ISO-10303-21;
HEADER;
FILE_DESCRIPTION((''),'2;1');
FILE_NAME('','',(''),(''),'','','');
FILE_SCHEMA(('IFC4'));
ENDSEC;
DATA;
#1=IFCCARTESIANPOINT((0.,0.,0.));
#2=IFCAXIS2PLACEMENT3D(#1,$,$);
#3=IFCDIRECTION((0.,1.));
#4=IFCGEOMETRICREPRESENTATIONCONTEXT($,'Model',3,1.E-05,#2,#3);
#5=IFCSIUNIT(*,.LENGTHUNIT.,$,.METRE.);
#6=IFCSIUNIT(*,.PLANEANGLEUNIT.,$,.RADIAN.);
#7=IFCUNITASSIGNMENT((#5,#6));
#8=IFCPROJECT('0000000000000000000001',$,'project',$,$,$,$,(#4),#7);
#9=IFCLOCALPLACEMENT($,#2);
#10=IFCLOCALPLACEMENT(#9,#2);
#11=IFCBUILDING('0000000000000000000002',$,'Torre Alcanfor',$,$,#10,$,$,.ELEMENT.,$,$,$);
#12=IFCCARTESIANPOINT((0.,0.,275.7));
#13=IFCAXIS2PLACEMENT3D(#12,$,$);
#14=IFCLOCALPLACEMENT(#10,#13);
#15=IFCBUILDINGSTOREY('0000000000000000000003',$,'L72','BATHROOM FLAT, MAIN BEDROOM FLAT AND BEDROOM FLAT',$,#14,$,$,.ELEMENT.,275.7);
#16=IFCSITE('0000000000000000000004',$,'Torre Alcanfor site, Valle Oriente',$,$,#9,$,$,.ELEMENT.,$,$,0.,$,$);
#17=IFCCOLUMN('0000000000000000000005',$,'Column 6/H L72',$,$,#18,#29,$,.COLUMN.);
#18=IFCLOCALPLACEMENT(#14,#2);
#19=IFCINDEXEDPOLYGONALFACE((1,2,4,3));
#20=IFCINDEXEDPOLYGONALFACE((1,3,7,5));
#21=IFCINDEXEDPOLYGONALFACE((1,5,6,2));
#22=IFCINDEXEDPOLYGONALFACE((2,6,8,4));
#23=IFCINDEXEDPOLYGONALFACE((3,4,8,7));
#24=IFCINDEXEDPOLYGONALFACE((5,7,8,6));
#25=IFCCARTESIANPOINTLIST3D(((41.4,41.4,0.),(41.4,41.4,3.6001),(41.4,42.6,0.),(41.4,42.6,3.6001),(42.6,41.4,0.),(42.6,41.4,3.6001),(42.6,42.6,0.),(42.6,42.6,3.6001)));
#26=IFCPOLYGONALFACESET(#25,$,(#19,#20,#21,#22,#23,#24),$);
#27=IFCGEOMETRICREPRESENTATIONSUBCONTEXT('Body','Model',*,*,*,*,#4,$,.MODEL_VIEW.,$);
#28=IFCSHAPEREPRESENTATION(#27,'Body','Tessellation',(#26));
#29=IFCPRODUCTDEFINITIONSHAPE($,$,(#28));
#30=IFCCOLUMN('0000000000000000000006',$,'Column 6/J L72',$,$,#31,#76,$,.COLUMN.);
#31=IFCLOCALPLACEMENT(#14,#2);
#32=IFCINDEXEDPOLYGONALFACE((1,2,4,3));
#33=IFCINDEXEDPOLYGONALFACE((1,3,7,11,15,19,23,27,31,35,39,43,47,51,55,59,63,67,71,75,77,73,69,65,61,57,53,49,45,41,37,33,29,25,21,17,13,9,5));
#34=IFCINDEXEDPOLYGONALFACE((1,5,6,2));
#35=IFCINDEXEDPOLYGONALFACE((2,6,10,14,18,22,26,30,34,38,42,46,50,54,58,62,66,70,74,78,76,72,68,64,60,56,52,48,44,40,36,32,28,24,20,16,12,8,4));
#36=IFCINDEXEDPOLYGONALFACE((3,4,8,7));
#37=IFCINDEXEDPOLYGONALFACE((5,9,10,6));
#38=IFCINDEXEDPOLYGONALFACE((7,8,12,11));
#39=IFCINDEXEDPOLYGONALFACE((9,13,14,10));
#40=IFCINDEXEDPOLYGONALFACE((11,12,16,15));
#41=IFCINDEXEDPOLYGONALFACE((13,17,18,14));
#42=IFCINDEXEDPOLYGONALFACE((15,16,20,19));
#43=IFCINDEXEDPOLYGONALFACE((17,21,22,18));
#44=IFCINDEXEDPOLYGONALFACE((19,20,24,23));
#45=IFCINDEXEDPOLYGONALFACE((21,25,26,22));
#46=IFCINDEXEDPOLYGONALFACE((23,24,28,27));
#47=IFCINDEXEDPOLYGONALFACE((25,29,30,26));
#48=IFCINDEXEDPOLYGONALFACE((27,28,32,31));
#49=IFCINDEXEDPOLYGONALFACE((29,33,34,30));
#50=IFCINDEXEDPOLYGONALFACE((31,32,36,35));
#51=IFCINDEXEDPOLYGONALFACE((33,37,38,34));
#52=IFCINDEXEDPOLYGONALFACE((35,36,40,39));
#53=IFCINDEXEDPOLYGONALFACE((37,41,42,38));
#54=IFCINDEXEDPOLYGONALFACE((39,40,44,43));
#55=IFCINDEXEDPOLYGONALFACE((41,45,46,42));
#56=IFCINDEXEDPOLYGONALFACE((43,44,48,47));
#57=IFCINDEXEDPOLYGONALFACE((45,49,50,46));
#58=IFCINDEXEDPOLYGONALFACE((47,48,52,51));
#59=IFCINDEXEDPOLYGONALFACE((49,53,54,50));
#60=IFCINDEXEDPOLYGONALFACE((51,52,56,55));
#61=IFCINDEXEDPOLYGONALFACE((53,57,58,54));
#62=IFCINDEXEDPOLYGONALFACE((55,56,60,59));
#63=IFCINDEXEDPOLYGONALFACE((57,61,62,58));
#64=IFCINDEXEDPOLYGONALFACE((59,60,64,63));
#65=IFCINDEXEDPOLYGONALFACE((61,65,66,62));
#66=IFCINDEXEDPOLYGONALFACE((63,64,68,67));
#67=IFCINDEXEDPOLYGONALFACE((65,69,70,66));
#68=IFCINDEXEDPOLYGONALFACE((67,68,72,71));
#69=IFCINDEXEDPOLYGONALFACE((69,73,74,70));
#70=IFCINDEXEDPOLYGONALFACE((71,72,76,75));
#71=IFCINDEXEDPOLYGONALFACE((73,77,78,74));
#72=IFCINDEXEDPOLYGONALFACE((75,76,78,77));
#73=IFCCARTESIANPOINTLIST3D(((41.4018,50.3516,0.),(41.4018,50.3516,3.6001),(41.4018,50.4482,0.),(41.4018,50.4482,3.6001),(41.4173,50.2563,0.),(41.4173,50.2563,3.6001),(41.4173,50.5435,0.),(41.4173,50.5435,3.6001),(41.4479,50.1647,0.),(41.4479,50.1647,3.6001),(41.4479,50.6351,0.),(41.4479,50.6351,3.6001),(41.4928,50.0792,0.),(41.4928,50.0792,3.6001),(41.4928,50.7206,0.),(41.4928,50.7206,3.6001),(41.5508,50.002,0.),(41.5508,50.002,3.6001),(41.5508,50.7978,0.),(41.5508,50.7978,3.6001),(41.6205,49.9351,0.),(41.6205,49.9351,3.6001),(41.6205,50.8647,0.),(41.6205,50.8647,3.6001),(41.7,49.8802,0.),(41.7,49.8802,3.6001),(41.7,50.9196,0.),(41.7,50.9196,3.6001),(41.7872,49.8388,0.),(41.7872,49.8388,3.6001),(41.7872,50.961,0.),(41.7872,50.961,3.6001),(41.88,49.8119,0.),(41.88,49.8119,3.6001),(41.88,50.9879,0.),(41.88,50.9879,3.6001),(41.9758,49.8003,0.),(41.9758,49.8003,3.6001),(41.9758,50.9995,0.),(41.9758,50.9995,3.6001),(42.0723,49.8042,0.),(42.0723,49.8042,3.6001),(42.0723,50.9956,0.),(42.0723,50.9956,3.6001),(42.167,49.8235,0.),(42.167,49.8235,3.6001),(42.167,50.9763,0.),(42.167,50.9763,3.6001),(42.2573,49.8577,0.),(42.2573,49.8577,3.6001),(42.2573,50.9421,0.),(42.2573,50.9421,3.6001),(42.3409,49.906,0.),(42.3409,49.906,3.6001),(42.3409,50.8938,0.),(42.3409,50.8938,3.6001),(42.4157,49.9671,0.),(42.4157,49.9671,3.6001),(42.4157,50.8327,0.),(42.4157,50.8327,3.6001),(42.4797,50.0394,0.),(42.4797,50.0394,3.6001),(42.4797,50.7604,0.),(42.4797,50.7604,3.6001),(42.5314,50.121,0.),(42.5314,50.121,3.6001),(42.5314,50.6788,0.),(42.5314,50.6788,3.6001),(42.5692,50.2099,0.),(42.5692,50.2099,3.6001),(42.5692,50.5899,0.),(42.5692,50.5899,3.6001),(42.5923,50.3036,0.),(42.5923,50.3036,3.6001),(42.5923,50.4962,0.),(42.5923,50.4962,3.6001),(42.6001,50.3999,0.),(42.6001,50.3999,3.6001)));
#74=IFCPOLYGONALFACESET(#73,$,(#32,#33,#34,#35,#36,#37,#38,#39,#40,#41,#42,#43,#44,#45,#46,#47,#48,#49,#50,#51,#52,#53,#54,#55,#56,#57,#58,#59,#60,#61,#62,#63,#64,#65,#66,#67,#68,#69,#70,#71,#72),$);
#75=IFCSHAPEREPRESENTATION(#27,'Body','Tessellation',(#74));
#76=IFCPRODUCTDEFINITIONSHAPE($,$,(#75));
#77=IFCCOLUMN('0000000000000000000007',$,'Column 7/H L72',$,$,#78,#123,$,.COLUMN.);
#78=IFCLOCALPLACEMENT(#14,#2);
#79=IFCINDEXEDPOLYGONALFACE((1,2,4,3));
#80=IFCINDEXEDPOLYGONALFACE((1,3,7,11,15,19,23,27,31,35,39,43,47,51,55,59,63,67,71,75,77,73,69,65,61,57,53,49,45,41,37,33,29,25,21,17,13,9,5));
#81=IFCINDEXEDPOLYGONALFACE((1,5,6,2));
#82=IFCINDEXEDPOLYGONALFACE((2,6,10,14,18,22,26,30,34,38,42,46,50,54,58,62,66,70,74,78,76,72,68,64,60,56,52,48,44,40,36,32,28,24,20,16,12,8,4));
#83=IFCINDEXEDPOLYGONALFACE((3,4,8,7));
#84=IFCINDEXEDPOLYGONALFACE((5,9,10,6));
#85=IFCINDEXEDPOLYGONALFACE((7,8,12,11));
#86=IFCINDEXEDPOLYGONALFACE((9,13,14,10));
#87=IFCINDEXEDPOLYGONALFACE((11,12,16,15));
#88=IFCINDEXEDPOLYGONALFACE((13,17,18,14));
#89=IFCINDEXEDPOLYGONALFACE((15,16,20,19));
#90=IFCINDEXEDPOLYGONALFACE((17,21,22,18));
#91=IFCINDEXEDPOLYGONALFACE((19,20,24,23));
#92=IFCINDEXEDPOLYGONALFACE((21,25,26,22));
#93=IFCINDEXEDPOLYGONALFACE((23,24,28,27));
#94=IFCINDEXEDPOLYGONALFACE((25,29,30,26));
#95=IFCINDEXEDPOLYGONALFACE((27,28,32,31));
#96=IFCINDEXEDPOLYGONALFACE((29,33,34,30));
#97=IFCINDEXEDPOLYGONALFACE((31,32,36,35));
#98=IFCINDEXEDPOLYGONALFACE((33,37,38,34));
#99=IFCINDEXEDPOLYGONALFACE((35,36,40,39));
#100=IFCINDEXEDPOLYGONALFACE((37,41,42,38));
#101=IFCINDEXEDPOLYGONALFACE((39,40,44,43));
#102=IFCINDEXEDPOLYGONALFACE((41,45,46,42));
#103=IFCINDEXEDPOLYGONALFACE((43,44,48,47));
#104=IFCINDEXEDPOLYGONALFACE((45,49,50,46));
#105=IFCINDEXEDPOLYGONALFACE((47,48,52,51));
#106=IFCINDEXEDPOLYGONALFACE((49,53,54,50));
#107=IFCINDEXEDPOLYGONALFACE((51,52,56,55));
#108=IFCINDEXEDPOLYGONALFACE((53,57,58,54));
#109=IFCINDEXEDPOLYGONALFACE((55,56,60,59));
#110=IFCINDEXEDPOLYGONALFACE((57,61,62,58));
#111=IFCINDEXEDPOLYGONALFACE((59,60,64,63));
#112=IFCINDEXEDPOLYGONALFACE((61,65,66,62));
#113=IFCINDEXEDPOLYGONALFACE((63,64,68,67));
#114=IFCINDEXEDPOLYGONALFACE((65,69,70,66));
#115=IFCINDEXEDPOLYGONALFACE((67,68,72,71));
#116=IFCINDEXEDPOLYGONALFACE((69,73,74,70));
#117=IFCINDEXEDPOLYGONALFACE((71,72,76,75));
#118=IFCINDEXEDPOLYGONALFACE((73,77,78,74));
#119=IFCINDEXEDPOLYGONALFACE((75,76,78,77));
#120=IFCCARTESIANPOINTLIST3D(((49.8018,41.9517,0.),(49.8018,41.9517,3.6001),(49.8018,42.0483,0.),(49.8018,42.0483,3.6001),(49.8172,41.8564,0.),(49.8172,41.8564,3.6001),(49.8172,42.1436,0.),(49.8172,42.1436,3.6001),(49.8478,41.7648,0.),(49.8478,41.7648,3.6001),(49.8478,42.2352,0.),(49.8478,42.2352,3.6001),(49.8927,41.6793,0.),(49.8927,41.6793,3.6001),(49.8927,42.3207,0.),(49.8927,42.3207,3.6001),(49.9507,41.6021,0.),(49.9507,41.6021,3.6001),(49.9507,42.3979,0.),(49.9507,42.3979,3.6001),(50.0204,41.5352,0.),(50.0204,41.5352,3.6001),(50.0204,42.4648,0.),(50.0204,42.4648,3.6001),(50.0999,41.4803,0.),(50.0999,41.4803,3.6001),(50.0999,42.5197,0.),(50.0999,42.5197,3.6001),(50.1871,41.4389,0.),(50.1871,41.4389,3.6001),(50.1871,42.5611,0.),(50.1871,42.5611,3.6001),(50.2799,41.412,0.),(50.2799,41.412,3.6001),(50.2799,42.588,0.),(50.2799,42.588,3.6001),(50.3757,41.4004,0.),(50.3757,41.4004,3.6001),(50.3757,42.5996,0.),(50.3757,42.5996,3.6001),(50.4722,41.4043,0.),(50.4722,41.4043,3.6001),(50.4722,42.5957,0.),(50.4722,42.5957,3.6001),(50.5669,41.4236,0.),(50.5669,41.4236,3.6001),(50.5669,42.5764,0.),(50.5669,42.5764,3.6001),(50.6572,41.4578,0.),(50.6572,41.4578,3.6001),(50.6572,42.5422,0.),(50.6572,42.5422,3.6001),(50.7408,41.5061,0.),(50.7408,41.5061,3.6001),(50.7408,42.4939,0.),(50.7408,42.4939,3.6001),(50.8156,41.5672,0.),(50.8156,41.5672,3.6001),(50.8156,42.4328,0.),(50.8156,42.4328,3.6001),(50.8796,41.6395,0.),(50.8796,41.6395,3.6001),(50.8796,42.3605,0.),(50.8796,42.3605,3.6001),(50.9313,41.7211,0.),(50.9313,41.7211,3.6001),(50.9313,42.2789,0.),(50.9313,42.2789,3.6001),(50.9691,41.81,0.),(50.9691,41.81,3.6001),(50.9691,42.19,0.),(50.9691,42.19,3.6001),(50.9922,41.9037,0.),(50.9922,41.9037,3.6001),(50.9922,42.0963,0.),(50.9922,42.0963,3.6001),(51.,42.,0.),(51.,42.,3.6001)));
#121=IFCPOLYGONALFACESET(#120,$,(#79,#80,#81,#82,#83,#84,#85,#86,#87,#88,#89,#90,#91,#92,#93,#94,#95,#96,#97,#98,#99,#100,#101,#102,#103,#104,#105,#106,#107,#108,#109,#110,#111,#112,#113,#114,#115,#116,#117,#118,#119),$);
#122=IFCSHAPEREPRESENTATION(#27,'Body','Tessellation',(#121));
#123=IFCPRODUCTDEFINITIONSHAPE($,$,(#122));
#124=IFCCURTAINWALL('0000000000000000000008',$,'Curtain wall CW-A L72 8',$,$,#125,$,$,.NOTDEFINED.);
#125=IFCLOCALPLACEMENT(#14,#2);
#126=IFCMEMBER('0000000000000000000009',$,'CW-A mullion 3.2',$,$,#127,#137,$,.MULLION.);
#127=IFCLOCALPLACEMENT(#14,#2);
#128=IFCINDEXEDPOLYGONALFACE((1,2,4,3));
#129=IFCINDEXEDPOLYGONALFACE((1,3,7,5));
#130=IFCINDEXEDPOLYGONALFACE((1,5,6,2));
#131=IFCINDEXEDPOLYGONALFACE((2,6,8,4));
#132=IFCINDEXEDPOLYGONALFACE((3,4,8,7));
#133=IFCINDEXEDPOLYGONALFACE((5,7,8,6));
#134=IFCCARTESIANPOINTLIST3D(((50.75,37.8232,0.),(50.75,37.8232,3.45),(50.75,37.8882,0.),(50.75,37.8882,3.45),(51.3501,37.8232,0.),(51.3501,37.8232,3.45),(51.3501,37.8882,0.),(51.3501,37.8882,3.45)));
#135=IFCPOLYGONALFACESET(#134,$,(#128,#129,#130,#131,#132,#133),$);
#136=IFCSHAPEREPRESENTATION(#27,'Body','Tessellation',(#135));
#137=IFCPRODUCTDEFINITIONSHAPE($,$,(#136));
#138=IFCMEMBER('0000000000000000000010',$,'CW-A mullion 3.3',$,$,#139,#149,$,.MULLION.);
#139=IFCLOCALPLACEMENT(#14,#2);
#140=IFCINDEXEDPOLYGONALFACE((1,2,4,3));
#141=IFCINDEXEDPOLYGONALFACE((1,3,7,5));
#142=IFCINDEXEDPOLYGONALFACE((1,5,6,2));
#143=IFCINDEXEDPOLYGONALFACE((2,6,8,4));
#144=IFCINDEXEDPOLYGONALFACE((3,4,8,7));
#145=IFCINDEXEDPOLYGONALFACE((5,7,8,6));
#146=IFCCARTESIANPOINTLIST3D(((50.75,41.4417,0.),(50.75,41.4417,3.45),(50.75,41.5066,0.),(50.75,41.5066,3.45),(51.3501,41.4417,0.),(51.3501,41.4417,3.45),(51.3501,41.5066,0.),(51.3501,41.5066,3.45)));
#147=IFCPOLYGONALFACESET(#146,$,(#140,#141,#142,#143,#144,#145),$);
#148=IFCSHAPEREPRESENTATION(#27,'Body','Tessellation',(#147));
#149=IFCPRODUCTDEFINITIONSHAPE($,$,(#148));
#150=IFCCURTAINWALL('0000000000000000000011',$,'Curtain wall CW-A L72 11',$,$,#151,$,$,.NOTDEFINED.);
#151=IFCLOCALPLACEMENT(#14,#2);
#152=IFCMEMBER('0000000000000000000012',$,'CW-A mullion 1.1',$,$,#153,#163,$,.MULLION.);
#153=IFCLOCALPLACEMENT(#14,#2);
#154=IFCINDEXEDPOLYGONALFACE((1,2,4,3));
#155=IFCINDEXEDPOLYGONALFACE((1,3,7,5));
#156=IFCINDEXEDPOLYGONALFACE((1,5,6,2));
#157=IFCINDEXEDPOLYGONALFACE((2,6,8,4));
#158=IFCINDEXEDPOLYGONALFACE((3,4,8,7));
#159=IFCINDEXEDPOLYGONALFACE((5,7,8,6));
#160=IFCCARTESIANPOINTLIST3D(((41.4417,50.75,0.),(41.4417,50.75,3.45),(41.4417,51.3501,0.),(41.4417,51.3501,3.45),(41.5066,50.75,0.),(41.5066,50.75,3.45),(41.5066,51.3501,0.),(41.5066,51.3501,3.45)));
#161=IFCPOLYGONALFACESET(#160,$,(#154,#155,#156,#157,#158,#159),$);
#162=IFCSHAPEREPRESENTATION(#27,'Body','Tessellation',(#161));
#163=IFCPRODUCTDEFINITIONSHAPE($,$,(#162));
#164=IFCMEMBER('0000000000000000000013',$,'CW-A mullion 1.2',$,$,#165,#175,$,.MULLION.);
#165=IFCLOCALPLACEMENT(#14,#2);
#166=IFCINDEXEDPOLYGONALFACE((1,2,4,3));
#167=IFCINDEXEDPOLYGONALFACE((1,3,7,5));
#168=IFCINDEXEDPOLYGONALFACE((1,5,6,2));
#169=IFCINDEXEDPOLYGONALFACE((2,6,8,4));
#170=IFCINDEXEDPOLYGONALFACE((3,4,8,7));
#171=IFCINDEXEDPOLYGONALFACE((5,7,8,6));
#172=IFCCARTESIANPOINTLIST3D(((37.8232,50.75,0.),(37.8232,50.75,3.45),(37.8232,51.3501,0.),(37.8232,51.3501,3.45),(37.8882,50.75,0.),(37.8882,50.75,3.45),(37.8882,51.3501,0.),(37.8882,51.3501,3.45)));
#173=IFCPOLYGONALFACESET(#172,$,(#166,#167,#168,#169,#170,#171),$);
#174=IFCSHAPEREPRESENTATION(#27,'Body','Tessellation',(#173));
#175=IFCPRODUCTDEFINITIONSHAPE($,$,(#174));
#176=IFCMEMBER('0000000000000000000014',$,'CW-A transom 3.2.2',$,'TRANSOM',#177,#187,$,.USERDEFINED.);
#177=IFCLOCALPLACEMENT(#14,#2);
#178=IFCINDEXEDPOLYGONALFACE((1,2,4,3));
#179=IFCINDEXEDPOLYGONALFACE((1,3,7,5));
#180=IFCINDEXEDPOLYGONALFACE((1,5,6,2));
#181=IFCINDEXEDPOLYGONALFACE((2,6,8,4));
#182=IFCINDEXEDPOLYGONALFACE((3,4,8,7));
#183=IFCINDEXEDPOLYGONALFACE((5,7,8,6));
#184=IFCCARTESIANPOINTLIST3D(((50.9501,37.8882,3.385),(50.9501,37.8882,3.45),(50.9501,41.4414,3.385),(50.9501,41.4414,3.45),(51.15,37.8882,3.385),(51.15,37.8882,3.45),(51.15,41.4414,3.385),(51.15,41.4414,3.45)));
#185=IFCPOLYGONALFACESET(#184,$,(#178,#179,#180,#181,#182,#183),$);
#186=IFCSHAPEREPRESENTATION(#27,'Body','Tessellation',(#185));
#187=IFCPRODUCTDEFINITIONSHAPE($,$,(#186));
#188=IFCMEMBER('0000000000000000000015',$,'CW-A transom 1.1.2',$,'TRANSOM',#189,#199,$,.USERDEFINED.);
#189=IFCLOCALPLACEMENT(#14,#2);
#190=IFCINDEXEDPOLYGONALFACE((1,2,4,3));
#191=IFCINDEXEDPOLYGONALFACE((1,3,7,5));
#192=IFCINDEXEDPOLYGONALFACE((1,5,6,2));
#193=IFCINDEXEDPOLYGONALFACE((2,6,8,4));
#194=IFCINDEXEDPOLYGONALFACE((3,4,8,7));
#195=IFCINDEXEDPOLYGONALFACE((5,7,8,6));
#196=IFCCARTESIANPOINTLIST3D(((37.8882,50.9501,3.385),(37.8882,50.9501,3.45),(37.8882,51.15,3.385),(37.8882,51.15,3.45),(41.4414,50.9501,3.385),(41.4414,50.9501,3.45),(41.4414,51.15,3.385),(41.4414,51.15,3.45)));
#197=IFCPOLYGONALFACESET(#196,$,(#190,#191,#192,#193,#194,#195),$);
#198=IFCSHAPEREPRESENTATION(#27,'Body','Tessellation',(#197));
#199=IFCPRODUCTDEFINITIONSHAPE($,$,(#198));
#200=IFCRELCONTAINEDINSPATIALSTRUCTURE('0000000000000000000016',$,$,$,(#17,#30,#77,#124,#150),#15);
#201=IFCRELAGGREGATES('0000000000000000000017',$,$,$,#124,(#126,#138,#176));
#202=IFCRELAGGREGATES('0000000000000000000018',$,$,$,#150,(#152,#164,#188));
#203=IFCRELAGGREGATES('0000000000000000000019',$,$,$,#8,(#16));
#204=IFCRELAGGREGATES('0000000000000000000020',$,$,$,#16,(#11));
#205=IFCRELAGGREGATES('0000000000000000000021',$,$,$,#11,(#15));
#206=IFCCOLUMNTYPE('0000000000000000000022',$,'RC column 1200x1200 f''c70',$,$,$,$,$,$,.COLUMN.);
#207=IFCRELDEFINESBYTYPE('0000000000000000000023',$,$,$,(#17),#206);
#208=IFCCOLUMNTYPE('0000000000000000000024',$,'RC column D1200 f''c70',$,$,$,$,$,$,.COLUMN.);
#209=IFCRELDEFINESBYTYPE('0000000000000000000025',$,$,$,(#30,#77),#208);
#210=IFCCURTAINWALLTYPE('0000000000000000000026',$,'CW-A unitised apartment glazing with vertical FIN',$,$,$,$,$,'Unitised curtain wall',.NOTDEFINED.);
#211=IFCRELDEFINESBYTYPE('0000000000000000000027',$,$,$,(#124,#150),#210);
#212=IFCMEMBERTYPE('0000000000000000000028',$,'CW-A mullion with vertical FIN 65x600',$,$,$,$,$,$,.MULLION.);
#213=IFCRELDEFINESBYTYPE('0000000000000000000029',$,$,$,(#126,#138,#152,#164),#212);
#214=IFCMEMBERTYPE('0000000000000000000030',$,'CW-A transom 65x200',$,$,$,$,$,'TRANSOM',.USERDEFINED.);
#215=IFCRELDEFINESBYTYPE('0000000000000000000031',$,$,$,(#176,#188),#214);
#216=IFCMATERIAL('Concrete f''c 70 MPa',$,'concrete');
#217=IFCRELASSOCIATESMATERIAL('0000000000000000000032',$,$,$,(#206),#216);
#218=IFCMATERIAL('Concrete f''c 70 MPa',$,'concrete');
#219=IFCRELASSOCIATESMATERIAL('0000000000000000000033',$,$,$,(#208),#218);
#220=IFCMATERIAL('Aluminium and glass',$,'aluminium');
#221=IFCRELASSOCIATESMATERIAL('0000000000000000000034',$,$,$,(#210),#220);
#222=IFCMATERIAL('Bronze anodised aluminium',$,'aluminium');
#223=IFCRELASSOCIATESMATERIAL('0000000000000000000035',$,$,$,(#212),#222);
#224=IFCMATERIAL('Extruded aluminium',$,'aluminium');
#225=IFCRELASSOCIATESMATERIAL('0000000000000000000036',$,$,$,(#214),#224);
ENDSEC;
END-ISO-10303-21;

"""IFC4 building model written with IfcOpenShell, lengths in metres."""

from ifc_helpers import new_model, si_unit, direction, frame, origin, origin_2d, place, context, subcontext, project, spatial, rectangle, circle, extrude, material, material_profile, profile_set, type_object, element, aggregate, save


model = new_model("IFC4")

# Units and contexts
model_context = context("Model", 3, precision=1e-05, world=origin(), true_north=direction((0.0, 1.0)))
body_context = subcontext(model_context, "Body", "Model", "MODEL_VIEW")
ifc_project = project(units=[si_unit("LENGTHUNIT", "METRE"), si_unit("PLANEANGLEUNIT", "RADIAN")], contexts=[model_context])

# Site, building, storey
site_placement = place(None, origin())
site = spatial("IfcSite", under=ifc_project, at=site_placement, Name="Torre Alcanfor site, Valle Oriente", CompositionType="ELEMENT", RefElevation=0.0)
building_placement = place(site_placement, origin())
building = spatial("IfcBuilding", under=site, at=building_placement, Name="Torre Alcanfor", CompositionType="ELEMENT")
storey_placement = place(building_placement, frame((0.0, 0.0, 275.7)))
storey = spatial("IfcBuildingStorey", under=building, at=storey_placement, Name="L72", Description="BATHROOM FLAT, MAIN BEDROOM FLAT AND BEDROOM FLAT", CompositionType="ELEMENT", Elevation=275.7)

# Columns
ifc_material_1 = material(Name="Concrete f'c 70 MPa", Category="concrete")
ifc_material_profile_1 = material_profile(ifc_material_1, rectangle(XDim=1.2, YDim=1.2, at=origin_2d()), Name="1200x1200")
ifc_profile_set_1 = profile_set([ifc_material_profile_1], Name="Concrete f'c 70 MPa")
column_type_1 = type_object("IfcColumnType", Name="RC column 1200x1200 f'c70", PredefinedType="COLUMN", material=ifc_profile_set_1)
column_placement = place(storey_placement, frame((42.0, 42.0, 0.0), z_axis=(0.0, 0.0, 1.0), x_axis=(1.0, 0.0, 0.0)))
element("IfcColumn", 1, at=column_placement, inside=storey, type_object=column_type_1, Name="Column 6/H L72", PredefinedType="COLUMN", context=body_context, shape_type="SweptSolid", body=[
    extrude(rectangle(XDim=1.2, YDim=1.2, at=origin_2d()), origin(), (0.0, 0.0, 1.0), 3.6001),
])
ifc_material_2 = material(Name="Concrete f'c 70 MPa", Category="concrete")
ifc_material_profile_2 = material_profile(ifc_material_2, circle(Radius=0.6001, at=origin_2d()), Name="D1200")
ifc_profile_set_2 = profile_set([ifc_material_profile_2], Name="Concrete f'c 70 MPa")
column_type_2 = type_object("IfcColumnType", Name="RC column D1200 f'c70", PredefinedType="COLUMN", material=ifc_profile_set_2)
for number, where, z_axis, x_axis, name in (
    (2, (42.0, 50.3999, 0.0), (0.0, 0.0, 1.0), (1.0, 0.0, 0.0), "Column 6/J L72"),
    (3, (50.3999, 42.0, 0.0), (0.0, 0.0, 1.0), (1.0, 0.0, 0.0), "Column 7/H L72"),
):
    element("IfcColumn", number, at=place(storey_placement, frame(where, z_axis=z_axis, x_axis=x_axis)), inside=storey, type_object=column_type_2, Name=name, PredefinedType="COLUMN", context=body_context, shape_type="SweptSolid", body=[
        extrude(circle(Radius=0.6001, at=origin_2d()), origin(), (0.0, 0.0, 1.0), 3.6001),
    ])

# Curtain walls, members
ifc_material_3 = material(Name="Aluminium and glass", Category="aluminium")
curtain_wall_type = type_object("IfcCurtainWallType", Name="CW-A unitised apartment glazing with vertical FIN", ElementType="Unitised curtain wall", PredefinedType="NOTDEFINED", material=ifc_material_3)
curtain_wall_1_placement = place(storey_placement, origin())
curtain_wall_1 = element("IfcCurtainWall", 4, at=curtain_wall_1_placement, inside=storey, type_object=curtain_wall_type, Name="Curtain wall CW-A L72 8", PredefinedType="NOTDEFINED")
ifc_material_4 = material(Name="Bronze anodised aluminium", Category="aluminium")
ifc_material_profile_3 = material_profile(ifc_material_4, rectangle(XDim=0.6001, YDim=0.0649, at=origin_2d()), Name="CW-A mullion 65x600")
ifc_profile_set_3 = profile_set([ifc_material_profile_3], Name="Bronze anodised aluminium")
member_type_1 = type_object("IfcMemberType", Name="CW-A mullion with vertical FIN 65x600", PredefinedType="MULLION", material=ifc_profile_set_3)
member_1_placement = place(storey_placement, frame((51.05, 37.8557, 0.0), z_axis=(0.0, 0.0, 1.0), x_axis=(-1.0, 0.0, 0.0)))
member_1 = element("IfcMember", 5, at=member_1_placement, type_object=member_type_1, Name="CW-A mullion 3.2", PredefinedType="MULLION", context=body_context, shape_type="SweptSolid", body=[
    extrude(rectangle(XDim=0.6001, YDim=0.0649, at=origin_2d()), origin(), (0.0, 0.0, 1.0), 3.45),
])
member_2_placement = place(storey_placement, frame((51.05, 41.4741, 0.0), z_axis=(0.0, 0.0, 1.0), x_axis=(-1.0, 0.0, 0.0)))
member_2 = element("IfcMember", 6, at=member_2_placement, type_object=member_type_1, Name="CW-A mullion 3.3", PredefinedType="MULLION", context=body_context, shape_type="SweptSolid", body=[
    extrude(rectangle(XDim=0.6001, YDim=0.0649, at=origin_2d()), origin(), (0.0, 0.0, 1.0), 3.45),
])
curtain_wall_2_placement = place(storey_placement, origin())
curtain_wall_2 = element("IfcCurtainWall", 7, at=curtain_wall_2_placement, inside=storey, type_object=curtain_wall_type, Name="Curtain wall CW-A L72 11", PredefinedType="NOTDEFINED")
member_3_placement = place(storey_placement, frame((41.4741, 51.05, 0.0), z_axis=(0.0, 0.0, 1.0), x_axis=(0.0, -1.0, 0.0)))
member_3 = element("IfcMember", 8, at=member_3_placement, type_object=member_type_1, Name="CW-A mullion 1.1", PredefinedType="MULLION", context=body_context, shape_type="SweptSolid", body=[
    extrude(rectangle(XDim=0.6001, YDim=0.0649, at=origin_2d()), origin(), (0.0, 0.0, 1.0), 3.45),
])
member_4_placement = place(storey_placement, frame((37.8557, 51.05, 0.0), z_axis=(0.0, 0.0, 1.0), x_axis=(0.0, -1.0, 0.0)))
member_4 = element("IfcMember", 9, at=member_4_placement, type_object=member_type_1, Name="CW-A mullion 1.2", PredefinedType="MULLION", context=body_context, shape_type="SweptSolid", body=[
    extrude(rectangle(XDim=0.6001, YDim=0.0649, at=origin_2d()), origin(), (0.0, 0.0, 1.0), 3.45),
])

# Members
ifc_material_5 = material(Name="Extruded aluminium", Category="aluminium")
ifc_material_profile_4 = material_profile(ifc_material_5, rectangle(XDim=0.2, YDim=0.0649, at=origin_2d()), Name="CW-A transom 200x65")
ifc_profile_set_4 = profile_set([ifc_material_profile_4], Name="Extruded aluminium")
member_type_2 = type_object("IfcMemberType", Name="CW-A transom 65x200", ElementType="TRANSOM", PredefinedType="USERDEFINED", material=ifc_profile_set_4)
member_5_placement = place(storey_placement, frame((51.05, 37.8882, 3.4175), z_axis=(0.0, 1.0, 0.0), x_axis=(-1.0, 0.0, 0.0)))
member_5 = element("IfcMember", 10, at=member_5_placement, type_object=member_type_2, Name="CW-A transom 3.2.2", ObjectType="TRANSOM", PredefinedType="USERDEFINED", context=body_context, shape_type="SweptSolid", body=[
    extrude(rectangle(XDim=0.2, YDim=0.0649, at=origin_2d()), origin(), (0.0, 0.0, 1.0), 3.5532),
])
member_6_placement = place(storey_placement, frame((41.4414, 51.05, 3.4175), z_axis=(-1.0, 0.0, 0.0), x_axis=(0.0, -1.0, 0.0)))
member_6 = element("IfcMember", 11, at=member_6_placement, type_object=member_type_2, Name="CW-A transom 1.1.2", ObjectType="TRANSOM", PredefinedType="USERDEFINED", context=body_context, shape_type="SweptSolid", body=[
    extrude(rectangle(XDim=0.2, YDim=0.0649, at=origin_2d()), origin(), (0.0, 0.0, 1.0), 3.5532),
])

aggregate(curtain_wall_1, [member_1, member_2, member_5])
aggregate(curtain_wall_2, [member_3, member_4, member_6])

save(model, "model.ifc")
